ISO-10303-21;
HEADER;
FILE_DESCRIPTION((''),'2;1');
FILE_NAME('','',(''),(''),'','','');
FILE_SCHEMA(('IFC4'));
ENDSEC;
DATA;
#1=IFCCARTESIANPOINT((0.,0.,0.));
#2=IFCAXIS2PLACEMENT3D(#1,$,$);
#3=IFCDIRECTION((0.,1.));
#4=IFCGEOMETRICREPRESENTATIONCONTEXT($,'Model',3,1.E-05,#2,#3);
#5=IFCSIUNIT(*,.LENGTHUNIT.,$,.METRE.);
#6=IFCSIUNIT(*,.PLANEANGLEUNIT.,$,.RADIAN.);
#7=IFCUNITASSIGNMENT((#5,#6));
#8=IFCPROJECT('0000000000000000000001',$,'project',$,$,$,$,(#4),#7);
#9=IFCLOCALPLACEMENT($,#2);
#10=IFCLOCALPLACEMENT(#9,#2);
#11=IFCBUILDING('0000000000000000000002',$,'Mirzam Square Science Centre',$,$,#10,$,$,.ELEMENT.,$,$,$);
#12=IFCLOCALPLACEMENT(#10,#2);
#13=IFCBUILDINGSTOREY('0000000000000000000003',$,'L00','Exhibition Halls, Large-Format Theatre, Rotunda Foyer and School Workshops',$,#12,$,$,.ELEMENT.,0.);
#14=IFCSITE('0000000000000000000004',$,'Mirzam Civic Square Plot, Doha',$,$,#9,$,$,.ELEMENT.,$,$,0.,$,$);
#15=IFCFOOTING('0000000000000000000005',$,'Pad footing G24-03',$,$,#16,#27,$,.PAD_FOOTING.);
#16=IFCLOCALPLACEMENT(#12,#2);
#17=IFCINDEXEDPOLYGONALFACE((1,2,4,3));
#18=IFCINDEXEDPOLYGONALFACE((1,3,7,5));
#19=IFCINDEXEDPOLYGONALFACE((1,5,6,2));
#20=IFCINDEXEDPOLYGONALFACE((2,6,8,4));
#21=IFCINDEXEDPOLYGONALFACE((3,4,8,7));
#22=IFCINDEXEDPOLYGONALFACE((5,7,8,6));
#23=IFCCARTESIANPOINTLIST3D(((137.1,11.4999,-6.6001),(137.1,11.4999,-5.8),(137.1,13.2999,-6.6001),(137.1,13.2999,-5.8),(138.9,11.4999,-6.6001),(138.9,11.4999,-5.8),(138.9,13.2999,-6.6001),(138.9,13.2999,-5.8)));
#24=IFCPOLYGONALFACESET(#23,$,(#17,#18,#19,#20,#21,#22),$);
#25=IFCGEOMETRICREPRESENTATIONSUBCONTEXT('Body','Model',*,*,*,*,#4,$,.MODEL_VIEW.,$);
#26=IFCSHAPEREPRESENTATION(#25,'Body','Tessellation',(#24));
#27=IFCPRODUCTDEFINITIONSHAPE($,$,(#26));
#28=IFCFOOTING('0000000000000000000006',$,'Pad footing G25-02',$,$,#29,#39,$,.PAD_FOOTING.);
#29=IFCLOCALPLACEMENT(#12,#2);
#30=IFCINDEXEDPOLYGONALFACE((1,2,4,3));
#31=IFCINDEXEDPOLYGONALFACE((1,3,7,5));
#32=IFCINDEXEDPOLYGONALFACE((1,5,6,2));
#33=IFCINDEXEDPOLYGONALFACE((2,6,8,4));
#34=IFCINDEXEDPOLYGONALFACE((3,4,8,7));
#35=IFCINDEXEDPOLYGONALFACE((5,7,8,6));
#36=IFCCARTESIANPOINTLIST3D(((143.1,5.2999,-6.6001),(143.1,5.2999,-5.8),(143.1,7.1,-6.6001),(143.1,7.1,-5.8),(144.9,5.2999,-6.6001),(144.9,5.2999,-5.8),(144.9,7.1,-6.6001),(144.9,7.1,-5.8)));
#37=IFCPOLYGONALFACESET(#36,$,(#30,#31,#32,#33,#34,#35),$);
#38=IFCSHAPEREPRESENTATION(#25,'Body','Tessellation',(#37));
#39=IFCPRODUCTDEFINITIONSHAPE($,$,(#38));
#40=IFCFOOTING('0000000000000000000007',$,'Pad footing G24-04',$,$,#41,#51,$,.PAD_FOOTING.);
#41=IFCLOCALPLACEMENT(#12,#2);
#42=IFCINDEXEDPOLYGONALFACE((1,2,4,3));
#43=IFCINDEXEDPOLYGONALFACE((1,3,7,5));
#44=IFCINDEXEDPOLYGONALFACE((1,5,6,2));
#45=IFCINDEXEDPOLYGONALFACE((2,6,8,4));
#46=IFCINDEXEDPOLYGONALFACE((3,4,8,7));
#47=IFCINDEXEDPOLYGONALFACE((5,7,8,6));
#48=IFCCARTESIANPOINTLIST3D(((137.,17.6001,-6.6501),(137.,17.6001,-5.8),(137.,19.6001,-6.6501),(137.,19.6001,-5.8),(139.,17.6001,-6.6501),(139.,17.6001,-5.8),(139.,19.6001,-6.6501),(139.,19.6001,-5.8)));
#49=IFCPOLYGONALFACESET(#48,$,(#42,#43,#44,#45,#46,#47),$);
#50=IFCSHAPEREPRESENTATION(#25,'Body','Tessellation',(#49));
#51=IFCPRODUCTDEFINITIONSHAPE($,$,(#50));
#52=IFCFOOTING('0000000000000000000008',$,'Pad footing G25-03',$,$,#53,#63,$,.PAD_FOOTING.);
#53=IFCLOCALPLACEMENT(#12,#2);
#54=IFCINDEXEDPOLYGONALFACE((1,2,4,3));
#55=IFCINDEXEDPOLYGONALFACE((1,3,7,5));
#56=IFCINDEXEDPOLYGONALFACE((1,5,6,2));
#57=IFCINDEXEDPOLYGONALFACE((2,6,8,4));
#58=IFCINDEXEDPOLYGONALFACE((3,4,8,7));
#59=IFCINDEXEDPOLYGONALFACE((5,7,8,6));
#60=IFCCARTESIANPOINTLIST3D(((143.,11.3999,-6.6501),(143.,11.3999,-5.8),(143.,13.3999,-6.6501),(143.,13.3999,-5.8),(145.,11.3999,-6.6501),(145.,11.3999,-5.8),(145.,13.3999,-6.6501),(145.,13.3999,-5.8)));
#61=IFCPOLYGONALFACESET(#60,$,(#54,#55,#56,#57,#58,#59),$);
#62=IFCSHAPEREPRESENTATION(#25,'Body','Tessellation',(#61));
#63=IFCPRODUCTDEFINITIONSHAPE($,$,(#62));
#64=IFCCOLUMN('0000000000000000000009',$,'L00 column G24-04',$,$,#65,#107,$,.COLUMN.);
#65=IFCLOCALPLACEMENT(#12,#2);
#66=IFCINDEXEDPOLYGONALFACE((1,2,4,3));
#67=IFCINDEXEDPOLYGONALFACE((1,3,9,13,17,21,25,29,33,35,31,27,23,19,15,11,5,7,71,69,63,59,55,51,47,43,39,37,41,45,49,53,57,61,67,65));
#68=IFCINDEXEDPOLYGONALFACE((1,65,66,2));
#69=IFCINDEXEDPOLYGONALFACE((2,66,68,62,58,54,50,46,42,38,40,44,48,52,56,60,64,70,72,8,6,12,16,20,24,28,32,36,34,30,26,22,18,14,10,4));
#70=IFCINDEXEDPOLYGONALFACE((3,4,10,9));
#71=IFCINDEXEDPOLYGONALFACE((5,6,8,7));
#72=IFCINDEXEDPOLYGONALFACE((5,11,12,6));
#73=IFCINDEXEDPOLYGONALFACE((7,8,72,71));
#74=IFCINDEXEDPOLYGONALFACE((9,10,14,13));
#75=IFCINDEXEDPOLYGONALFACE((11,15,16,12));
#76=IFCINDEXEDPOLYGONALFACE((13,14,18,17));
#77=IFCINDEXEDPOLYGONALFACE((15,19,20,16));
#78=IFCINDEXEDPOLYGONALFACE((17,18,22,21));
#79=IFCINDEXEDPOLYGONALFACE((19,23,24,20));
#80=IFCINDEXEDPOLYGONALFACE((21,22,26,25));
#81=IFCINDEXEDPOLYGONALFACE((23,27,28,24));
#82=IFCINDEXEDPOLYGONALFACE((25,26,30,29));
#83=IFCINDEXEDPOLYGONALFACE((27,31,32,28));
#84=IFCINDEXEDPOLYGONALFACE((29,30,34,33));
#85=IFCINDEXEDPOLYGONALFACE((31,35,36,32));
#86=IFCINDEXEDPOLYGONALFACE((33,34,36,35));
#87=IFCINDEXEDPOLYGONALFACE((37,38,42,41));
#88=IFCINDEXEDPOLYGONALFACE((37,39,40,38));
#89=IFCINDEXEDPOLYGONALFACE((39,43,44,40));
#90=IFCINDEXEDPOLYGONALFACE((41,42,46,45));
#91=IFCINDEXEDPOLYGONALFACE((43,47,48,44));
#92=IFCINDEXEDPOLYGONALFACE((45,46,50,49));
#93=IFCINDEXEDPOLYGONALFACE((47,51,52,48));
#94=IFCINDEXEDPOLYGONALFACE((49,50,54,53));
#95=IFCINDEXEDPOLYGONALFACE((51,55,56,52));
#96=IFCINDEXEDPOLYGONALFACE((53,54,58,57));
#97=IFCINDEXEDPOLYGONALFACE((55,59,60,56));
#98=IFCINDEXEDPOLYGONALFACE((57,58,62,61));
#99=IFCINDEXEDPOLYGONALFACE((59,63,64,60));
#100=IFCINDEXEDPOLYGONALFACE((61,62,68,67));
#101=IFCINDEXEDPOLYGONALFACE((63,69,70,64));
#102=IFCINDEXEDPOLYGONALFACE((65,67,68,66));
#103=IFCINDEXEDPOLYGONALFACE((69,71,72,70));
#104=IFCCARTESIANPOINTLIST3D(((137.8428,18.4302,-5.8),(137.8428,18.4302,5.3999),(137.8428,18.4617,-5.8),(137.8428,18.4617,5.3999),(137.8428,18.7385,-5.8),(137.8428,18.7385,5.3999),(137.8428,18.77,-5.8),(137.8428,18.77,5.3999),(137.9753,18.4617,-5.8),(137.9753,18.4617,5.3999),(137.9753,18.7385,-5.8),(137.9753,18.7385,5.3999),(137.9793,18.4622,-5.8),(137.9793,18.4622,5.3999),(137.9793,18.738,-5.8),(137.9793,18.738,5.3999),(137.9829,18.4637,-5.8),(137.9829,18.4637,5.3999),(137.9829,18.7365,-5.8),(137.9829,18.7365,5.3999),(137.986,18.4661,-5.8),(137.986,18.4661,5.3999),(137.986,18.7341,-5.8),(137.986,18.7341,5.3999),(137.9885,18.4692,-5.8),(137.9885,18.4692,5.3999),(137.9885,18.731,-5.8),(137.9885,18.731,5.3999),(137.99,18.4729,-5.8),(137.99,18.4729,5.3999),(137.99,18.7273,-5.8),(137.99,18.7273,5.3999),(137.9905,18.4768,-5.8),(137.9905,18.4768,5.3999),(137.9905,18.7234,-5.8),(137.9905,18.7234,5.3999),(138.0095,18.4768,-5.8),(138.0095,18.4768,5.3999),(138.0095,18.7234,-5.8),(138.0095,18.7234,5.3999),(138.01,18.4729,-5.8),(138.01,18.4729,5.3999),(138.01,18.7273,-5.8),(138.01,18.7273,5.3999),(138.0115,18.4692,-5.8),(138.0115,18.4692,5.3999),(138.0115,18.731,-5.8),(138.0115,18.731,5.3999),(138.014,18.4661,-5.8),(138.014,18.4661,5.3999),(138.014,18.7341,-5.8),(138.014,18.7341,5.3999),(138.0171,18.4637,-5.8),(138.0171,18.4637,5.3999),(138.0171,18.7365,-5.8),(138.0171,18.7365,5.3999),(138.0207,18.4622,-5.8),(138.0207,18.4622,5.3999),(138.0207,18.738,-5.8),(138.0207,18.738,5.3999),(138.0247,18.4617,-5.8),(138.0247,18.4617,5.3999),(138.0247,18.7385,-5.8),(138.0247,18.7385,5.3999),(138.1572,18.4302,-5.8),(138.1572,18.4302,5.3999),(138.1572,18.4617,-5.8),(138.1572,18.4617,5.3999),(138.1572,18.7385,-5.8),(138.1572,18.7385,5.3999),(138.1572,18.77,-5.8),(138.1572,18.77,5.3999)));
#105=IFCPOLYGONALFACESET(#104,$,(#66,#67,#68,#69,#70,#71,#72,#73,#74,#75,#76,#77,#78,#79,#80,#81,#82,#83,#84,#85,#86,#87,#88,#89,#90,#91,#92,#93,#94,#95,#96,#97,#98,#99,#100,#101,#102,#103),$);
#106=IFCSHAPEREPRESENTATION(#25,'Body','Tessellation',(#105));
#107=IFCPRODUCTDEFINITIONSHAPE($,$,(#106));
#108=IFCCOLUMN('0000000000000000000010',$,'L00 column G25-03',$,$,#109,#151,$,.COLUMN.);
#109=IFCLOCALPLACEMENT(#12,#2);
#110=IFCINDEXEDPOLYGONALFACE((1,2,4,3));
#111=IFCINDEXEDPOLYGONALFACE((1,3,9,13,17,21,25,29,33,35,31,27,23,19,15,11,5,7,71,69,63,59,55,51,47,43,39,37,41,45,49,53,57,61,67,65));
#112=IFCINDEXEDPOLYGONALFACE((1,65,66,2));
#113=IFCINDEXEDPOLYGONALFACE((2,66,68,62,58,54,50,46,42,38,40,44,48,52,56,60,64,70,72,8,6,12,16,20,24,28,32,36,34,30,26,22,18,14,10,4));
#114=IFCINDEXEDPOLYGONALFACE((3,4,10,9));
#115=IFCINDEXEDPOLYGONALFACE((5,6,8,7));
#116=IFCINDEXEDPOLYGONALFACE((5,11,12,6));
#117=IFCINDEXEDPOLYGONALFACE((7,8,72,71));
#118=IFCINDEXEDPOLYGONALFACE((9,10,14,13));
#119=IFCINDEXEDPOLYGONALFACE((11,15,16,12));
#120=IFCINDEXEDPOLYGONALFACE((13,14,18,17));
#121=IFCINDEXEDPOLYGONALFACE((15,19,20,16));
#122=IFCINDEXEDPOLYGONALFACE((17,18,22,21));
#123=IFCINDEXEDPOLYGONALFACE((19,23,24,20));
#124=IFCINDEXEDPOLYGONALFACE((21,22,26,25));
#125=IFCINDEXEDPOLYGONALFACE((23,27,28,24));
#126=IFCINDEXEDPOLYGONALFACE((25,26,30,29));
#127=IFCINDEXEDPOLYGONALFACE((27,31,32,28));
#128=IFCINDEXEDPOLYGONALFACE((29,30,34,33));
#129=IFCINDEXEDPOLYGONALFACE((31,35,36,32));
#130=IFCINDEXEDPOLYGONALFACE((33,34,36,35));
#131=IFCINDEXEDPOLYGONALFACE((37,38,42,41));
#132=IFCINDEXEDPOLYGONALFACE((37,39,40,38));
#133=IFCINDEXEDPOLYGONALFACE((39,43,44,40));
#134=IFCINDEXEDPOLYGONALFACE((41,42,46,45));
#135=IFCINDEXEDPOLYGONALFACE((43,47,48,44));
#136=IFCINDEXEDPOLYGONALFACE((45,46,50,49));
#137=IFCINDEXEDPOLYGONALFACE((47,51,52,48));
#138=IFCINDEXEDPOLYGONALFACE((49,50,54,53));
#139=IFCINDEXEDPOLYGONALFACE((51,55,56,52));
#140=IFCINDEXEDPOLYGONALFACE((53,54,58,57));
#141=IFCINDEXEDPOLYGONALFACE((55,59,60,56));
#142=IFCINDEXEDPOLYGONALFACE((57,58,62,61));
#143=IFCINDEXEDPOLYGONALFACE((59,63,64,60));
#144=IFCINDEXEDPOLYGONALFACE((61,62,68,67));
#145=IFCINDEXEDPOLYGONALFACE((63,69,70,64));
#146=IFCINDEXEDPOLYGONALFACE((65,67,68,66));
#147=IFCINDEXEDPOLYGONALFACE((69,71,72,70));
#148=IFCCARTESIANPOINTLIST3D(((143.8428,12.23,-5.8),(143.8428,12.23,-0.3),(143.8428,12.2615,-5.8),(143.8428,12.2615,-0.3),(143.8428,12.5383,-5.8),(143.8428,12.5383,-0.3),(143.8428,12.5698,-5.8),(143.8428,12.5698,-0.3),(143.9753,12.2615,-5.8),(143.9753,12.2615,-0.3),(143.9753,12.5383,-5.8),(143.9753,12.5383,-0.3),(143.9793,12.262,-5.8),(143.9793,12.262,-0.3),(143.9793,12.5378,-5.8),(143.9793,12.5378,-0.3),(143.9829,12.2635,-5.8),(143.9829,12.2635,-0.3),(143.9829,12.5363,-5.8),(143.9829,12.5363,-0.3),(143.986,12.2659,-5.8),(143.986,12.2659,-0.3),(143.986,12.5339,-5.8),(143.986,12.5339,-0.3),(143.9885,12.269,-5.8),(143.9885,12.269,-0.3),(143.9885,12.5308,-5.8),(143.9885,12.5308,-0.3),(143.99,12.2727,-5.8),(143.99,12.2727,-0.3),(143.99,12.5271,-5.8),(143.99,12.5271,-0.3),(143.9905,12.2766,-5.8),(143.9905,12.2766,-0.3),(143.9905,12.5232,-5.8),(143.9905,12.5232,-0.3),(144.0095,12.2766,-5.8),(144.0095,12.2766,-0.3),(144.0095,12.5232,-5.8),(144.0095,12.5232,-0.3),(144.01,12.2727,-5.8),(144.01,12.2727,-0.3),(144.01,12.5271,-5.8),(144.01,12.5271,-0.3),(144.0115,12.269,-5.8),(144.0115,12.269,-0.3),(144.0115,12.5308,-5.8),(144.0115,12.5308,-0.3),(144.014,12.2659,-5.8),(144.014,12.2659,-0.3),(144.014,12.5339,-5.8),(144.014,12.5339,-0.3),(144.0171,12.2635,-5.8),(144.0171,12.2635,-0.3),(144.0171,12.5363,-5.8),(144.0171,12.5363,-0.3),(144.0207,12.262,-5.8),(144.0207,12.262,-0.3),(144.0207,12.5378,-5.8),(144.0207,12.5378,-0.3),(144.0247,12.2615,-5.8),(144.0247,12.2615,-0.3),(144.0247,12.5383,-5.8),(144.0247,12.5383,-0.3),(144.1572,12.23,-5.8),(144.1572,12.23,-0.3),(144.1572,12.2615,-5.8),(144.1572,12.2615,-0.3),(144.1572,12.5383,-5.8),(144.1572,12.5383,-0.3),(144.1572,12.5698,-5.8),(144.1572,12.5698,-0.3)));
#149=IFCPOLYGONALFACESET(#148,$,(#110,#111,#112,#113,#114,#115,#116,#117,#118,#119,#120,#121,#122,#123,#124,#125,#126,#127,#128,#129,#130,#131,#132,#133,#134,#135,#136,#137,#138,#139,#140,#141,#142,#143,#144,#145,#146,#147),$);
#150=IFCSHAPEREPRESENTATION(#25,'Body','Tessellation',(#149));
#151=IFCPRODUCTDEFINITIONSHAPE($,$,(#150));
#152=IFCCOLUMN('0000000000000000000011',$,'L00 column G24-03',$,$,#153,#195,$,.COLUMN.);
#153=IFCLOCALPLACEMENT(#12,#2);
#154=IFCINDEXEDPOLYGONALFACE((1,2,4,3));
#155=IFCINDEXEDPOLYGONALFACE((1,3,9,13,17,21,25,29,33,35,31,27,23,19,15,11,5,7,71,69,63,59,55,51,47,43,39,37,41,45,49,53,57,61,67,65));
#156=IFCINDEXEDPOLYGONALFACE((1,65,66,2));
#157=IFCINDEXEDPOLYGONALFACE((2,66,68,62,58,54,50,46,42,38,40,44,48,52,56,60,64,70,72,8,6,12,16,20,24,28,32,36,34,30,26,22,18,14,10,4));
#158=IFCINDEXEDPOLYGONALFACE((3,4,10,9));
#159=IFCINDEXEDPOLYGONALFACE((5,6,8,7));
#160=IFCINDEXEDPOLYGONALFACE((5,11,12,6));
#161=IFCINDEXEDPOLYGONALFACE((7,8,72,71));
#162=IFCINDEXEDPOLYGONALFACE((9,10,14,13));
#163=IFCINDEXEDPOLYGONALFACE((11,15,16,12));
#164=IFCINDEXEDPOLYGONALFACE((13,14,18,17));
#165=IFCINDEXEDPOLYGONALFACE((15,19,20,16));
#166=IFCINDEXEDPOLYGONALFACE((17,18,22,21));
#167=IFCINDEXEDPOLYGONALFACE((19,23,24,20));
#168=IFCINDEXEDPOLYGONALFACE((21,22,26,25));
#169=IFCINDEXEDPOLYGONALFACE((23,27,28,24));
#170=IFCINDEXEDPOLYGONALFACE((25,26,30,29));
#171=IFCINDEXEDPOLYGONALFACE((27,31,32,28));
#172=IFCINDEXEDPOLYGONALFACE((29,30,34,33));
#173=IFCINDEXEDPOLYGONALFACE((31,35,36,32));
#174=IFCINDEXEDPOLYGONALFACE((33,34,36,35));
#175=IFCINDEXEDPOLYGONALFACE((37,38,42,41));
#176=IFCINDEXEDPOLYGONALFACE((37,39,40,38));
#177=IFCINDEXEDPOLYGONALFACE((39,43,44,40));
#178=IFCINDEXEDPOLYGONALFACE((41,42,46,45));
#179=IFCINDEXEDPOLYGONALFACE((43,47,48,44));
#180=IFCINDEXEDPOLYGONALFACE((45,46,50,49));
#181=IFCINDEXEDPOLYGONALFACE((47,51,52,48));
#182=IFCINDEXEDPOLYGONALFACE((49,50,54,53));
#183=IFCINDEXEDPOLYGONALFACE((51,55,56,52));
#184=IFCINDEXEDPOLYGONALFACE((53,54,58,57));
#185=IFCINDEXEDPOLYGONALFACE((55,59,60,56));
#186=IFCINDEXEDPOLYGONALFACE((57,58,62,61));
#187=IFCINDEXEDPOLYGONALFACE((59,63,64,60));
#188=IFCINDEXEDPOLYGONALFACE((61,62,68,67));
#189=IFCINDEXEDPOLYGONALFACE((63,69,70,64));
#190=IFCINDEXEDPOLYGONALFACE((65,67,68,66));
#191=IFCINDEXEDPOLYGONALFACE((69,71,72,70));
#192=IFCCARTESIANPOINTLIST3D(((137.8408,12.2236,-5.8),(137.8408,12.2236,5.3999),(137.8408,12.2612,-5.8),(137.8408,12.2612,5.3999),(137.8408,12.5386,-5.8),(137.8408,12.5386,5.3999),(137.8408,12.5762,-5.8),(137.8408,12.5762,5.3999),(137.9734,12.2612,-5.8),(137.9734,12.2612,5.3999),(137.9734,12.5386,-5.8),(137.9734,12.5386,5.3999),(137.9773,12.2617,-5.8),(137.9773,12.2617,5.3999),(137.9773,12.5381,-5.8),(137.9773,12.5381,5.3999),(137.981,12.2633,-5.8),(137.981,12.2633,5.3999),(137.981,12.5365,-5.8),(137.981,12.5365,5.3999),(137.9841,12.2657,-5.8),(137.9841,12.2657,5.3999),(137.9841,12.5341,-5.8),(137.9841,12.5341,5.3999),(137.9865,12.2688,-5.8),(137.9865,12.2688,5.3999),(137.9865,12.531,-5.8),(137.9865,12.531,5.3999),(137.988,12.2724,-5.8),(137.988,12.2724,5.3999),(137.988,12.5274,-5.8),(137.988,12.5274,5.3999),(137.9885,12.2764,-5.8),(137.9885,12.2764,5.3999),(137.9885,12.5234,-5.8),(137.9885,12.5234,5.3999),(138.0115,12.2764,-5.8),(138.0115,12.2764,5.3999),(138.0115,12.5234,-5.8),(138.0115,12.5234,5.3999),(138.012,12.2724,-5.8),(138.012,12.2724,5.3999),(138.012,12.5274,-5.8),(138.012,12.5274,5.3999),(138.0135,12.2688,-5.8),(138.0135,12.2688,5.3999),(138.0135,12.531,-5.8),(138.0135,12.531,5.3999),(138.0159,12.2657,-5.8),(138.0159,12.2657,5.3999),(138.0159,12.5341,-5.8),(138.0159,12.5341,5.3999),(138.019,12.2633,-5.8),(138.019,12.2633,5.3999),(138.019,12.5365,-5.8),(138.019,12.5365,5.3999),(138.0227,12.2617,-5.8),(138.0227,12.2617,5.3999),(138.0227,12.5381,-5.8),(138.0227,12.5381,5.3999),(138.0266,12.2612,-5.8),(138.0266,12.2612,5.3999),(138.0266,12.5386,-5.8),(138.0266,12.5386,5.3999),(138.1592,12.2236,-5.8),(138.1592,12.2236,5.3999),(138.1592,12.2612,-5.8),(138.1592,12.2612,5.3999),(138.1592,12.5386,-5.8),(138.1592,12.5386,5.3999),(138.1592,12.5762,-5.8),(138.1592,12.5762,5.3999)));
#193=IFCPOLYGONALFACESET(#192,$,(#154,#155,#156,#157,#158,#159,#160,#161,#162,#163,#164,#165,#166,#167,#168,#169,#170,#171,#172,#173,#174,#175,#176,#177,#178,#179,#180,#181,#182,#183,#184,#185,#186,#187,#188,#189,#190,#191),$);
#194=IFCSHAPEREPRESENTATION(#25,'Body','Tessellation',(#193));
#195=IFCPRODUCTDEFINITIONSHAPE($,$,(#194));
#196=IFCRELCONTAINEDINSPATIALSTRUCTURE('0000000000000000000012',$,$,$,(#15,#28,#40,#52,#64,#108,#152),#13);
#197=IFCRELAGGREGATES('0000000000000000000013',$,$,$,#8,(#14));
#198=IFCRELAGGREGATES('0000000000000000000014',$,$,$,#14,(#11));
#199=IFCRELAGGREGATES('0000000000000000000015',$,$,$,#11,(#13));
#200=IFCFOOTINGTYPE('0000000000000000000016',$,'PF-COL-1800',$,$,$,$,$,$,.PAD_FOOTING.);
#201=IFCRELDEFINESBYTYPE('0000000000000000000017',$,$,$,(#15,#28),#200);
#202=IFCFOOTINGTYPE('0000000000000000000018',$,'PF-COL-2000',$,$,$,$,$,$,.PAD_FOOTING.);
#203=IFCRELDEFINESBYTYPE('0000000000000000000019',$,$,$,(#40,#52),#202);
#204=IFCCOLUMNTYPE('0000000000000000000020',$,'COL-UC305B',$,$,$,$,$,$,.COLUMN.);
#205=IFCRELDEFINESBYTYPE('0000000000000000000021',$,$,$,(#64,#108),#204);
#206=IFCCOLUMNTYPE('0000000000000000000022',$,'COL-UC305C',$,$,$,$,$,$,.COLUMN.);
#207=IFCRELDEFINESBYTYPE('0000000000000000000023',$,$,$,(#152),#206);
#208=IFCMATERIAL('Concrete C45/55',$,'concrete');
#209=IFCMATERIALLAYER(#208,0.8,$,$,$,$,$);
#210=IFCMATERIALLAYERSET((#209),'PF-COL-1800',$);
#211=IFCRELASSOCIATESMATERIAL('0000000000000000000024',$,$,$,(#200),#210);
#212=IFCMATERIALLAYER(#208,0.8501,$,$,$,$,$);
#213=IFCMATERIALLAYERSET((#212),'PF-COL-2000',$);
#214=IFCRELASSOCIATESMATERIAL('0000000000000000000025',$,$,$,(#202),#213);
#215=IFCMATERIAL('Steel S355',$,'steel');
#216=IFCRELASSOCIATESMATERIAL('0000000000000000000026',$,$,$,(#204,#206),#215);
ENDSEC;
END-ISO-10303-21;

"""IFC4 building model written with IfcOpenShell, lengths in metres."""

from ifc_helpers import new_model, si_unit, direction, frame, origin, origin_2d, place, context, subcontext, project, spatial, rectangle, i_section, extrude, material, layer, layer_set, material_profile, profile_set, type_object, element, save


model = new_model("IFC4")

# Units and contexts
model_context = context("Model", 3, precision=1e-05, world=origin(), true_north=direction((0.0, 1.0)))
body_context = subcontext(model_context, "Body", "Model", "MODEL_VIEW")
ifc_project = project(units=[si_unit("LENGTHUNIT", "METRE"), si_unit("PLANEANGLEUNIT", "RADIAN")], contexts=[model_context])

# Site, building, storey
site_placement = place(None, origin())
site = spatial("IfcSite", under=ifc_project, at=site_placement, Name="Mirzam Civic Square Plot, Doha", CompositionType="ELEMENT", RefElevation=0.0)
building_placement = place(site_placement, origin())
building = spatial("IfcBuilding", under=site, at=building_placement, Name="Mirzam Square Science Centre", CompositionType="ELEMENT")
storey_placement = place(building_placement, origin())
storey = spatial("IfcBuildingStorey", under=building, at=storey_placement, Name="L00", Description="Exhibition Halls, Large-Format Theatre, Rotunda Foyer and School Workshops", CompositionType="ELEMENT", Elevation=0.0)

# Footings
ifc_material_1 = material(Name="Concrete C45/55", Category="concrete")
ifc_layer_1 = layer(ifc_material_1, 0.8)
ifc_layer_set_1 = layer_set([ifc_layer_1], Name="PF-COL-1800")
footing_type_1 = type_object("IfcFootingType", Name="PF-COL-1800", PredefinedType="PAD_FOOTING", material=ifc_layer_set_1)
for number, where, z_axis, x_axis, name in (
    (1, (138.0, 12.3999, -6.6001), (0.0, 0.0, 1.0), (1.0, 0.0, 0.0), "Pad footing G24-03"),
    (2, (144.0, 6.2, -6.6001), (0.0, 0.0, 1.0), (1.0, 0.0, 0.0), "Pad footing G25-02"),
):
    element("IfcFooting", number, at=place(storey_placement, frame(where, z_axis=z_axis, x_axis=x_axis)), inside=storey, type_object=footing_type_1, Name=name, PredefinedType="PAD_FOOTING", context=body_context, shape_type="SweptSolid", body=[
        extrude(rectangle(XDim=1.8, YDim=1.8, at=origin_2d()), origin(), (0.0, 0.0, 1.0), 0.8),
    ])
ifc_layer_2 = layer(ifc_material_1, 0.8501)
ifc_layer_set_2 = layer_set([ifc_layer_2], Name="PF-COL-2000")
footing_type_2 = type_object("IfcFootingType", Name="PF-COL-2000", PredefinedType="PAD_FOOTING", material=ifc_layer_set_2)
for number, where, z_axis, x_axis, name in (
    (3, (138.0, 18.6001, -6.6501), (0.0, 0.0, 1.0), (1.0, 0.0, 0.0), "Pad footing G24-04"),
    (4, (144.0, 12.3999, -6.6501), (0.0, 0.0, 1.0), (1.0, 0.0, 0.0), "Pad footing G25-03"),
):
    element("IfcFooting", number, at=place(storey_placement, frame(where, z_axis=z_axis, x_axis=x_axis)), inside=storey, type_object=footing_type_2, Name=name, PredefinedType="PAD_FOOTING", context=body_context, shape_type="SweptSolid", body=[
        extrude(rectangle(XDim=2.0, YDim=2.0, at=origin_2d()), origin(), (0.0, 0.0, 1.0), 0.8501),
    ])

# Columns
ifc_material_2 = material(Name="Steel S355", Category="steel")
ifc_material_profile_1 = material_profile(ifc_material_2, i_section(OverallWidth=0.3145, OverallDepth=0.3398, WebThickness=0.019, FlangeThickness=0.0315, FilletRadius=0.0151, at=origin_2d()), Name="305x305x198UC")
ifc_profile_set_1 = profile_set([ifc_material_profile_1], Name="Steel S355")
column_type_1 = type_object("IfcColumnType", Name="COL-UC305B", PredefinedType="COLUMN", material=ifc_profile_set_1)
column_1_placement = place(storey_placement, frame((138.0, 18.6001, -5.8), z_axis=(0.0, 0.0, 1.0), x_axis=(1.0, 0.0, 0.0)))
element("IfcColumn", 5, at=column_1_placement, inside=storey, type_object=column_type_1, Name="L00 column G24-04", PredefinedType="COLUMN", context=body_context, shape_type="SweptSolid", body=[
    extrude(i_section(OverallWidth=0.3145, OverallDepth=0.3398, WebThickness=0.019, FlangeThickness=0.0315, FilletRadius=0.0151, at=origin_2d()), origin(), (0.0, 0.0, 1.0), 11.2),
])
column_2_placement = place(storey_placement, frame((144.0, 12.3999, -5.8), z_axis=(0.0, 0.0, 1.0), x_axis=(1.0, 0.0, 0.0)))
element("IfcColumn", 6, at=column_2_placement, inside=storey, type_object=column_type_1, Name="L00 column G25-03", PredefinedType="COLUMN", context=body_context, shape_type="SweptSolid", body=[
    extrude(i_section(OverallWidth=0.3145, OverallDepth=0.3398, WebThickness=0.019, FlangeThickness=0.0315, FilletRadius=0.0151, at=origin_2d()), origin(), (0.0, 0.0, 1.0), 5.5),
])
ifc_material_profile_2 = material_profile(ifc_material_2, i_section(OverallWidth=0.3184, OverallDepth=0.3525, WebThickness=0.0229, FlangeThickness=0.0376, FilletRadius=0.0151, at=origin_2d()), Name="305x305x240UC")
ifc_profile_set_2 = profile_set([ifc_material_profile_2], Name="Steel S355")
column_type_2 = type_object("IfcColumnType", Name="COL-UC305C", PredefinedType="COLUMN", material=ifc_profile_set_2)
for number, where, z_axis, x_axis, name in (
    (7, (138.0, 12.3999, -5.8), (0.0, 0.0, 1.0), (1.0, 0.0, 0.0), "L00 column G24-03"),
):
    element("IfcColumn", number, at=place(storey_placement, frame(where, z_axis=z_axis, x_axis=x_axis)), inside=storey, type_object=column_type_2, Name=name, PredefinedType="COLUMN", context=body_context, shape_type="SweptSolid", body=[
        extrude(i_section(OverallWidth=0.3184, OverallDepth=0.3525, WebThickness=0.0229, FlangeThickness=0.0376, FilletRadius=0.0151, at=origin_2d()), origin(), (0.0, 0.0, 1.0), 11.2),
    ])

save(model, "model.ifc")
